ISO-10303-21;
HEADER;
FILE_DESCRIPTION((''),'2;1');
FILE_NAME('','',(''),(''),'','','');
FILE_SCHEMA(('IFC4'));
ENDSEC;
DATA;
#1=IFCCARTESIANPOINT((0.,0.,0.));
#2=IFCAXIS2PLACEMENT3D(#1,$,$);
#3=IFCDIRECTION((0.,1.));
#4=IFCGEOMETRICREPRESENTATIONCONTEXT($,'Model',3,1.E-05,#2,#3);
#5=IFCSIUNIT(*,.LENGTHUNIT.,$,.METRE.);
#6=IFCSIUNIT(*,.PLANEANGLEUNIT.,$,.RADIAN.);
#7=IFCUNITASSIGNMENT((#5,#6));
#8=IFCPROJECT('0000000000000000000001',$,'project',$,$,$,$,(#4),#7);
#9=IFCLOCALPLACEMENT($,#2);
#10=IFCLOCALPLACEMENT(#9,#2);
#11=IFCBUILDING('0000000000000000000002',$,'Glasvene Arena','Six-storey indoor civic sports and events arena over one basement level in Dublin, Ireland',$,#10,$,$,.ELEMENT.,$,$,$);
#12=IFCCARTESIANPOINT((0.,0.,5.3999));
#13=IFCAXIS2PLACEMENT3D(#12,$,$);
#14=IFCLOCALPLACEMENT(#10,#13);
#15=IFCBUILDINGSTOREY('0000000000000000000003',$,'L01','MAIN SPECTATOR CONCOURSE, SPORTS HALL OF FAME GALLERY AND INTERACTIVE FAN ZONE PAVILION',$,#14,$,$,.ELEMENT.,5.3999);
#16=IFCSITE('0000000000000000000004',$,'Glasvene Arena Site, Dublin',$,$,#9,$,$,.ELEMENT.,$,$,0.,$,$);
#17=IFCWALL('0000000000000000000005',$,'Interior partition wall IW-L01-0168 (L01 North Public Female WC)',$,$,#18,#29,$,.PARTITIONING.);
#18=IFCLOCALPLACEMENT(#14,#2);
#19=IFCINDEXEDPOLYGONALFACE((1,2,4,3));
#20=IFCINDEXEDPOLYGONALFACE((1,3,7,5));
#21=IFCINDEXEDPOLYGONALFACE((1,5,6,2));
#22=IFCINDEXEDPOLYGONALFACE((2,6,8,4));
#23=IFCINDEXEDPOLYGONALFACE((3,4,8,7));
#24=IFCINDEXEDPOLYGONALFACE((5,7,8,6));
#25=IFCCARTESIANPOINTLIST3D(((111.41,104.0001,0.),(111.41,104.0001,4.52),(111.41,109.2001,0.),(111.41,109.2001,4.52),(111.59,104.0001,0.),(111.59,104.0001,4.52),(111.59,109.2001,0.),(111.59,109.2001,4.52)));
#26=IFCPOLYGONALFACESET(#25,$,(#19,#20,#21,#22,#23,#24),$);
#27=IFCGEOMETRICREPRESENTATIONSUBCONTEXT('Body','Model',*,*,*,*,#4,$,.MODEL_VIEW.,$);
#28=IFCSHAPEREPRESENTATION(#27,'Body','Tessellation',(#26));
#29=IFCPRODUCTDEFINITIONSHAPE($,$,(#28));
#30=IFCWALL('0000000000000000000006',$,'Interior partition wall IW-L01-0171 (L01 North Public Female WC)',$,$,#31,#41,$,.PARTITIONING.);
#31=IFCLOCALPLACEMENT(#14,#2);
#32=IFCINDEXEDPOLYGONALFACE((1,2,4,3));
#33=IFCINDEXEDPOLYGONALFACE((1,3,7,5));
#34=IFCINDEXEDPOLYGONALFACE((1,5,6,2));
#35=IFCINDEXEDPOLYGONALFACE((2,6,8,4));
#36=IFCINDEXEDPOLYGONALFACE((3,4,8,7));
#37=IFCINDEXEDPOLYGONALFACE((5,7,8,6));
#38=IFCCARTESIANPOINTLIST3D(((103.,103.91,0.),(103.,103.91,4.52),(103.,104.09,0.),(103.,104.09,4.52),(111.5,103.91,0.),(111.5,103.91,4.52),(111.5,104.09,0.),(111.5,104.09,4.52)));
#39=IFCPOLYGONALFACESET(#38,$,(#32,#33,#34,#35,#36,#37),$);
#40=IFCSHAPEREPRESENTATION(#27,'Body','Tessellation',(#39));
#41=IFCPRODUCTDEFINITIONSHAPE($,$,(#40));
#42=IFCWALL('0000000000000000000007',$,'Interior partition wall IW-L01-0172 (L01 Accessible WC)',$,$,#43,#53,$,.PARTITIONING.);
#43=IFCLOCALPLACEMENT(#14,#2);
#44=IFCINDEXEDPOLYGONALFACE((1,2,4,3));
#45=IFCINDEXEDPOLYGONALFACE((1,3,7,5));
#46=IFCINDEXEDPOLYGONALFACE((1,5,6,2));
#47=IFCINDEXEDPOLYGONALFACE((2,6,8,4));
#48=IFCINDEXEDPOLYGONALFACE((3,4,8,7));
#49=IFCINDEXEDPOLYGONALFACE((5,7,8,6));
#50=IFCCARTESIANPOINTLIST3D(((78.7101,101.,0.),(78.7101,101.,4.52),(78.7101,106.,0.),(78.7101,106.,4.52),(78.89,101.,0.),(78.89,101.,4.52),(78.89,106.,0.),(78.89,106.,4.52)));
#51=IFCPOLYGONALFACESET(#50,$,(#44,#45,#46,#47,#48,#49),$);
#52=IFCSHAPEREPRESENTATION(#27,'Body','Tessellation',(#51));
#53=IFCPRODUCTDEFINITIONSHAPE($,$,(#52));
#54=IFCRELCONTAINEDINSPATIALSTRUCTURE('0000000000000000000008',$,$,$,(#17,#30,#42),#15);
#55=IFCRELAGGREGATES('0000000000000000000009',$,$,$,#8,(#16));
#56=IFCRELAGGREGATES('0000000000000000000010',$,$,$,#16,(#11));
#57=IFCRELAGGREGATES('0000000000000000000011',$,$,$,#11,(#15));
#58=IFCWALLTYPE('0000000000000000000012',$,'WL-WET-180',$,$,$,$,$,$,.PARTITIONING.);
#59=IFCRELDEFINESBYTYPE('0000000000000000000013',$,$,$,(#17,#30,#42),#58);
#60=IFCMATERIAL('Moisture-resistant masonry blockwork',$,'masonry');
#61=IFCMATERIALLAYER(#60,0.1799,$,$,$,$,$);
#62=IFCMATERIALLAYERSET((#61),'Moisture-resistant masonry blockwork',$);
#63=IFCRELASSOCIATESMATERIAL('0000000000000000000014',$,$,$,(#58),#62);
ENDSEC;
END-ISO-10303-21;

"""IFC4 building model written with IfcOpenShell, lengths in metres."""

from ifc_helpers import new_model, si_unit, direction, frame, frame_2d, origin, place, context, subcontext, project, spatial, rectangle, extrude, material, layer, layer_set, type_object, element, save


model = new_model("IFC4")

# Units and contexts
model_context = context("Model", 3, precision=1e-05, world=origin(), true_north=direction((0.0, 1.0)))
body_context = subcontext(model_context, "Body", "Model", "MODEL_VIEW")
ifc_project = project(units=[si_unit("LENGTHUNIT", "METRE"), si_unit("PLANEANGLEUNIT", "RADIAN")], contexts=[model_context])

# Site, building, storey
site_placement = place(None, origin())
site = spatial("IfcSite", under=ifc_project, at=site_placement, Name="Glasvene Arena Site, Dublin", CompositionType="ELEMENT", RefElevation=0.0)
building_placement = place(site_placement, origin())
building = spatial("IfcBuilding", under=site, at=building_placement, Name="Glasvene Arena", Description="Six-storey indoor civic sports and events arena over one basement level in Dublin, Ireland", CompositionType="ELEMENT")
storey_placement = place(building_placement, frame((0.0, 0.0, 5.3999)))
storey = spatial("IfcBuildingStorey", under=building, at=storey_placement, Name="L01", Description="MAIN SPECTATOR CONCOURSE, SPORTS HALL OF FAME GALLERY AND INTERACTIVE FAN ZONE PAVILION", CompositionType="ELEMENT", Elevation=5.3999)

# Walls
ifc_material_1 = material(Name="Moisture-resistant masonry blockwork", Category="masonry")
ifc_layer_1 = layer(ifc_material_1, 0.1799)
ifc_layer_set_1 = layer_set([ifc_layer_1], Name="Moisture-resistant masonry blockwork")
wall_type = type_object("IfcWallType", Name="WL-WET-180", PredefinedType="PARTITIONING", material=ifc_layer_set_1)
wall_1_placement = place(storey_placement, frame((111.5, 104.0, 0.0), z_axis=(0.0, 0.0, 1.0), x_axis=(0.0, 1.0, 0.0)))
element("IfcWall", 1, at=wall_1_placement, inside=storey, type_object=wall_type, Name="Interior partition wall IW-L01-0168 (L01 North Public Female WC)", PredefinedType="PARTITIONING", context=body_context, shape_type="SweptSolid", body=[
    extrude(rectangle(XDim=5.2, YDim=0.1799, at=frame_2d((2.6001, 0.0))), origin(), (0.0, 0.0, 1.0), 4.52),
])
wall_2_placement = place(storey_placement, frame((103.0, 104.0, 0.0), z_axis=(0.0, 0.0, 1.0), x_axis=(1.0, 0.0, 0.0)))
element("IfcWall", 2, at=wall_2_placement, inside=storey, type_object=wall_type, Name="Interior partition wall IW-L01-0171 (L01 North Public Female WC)", PredefinedType="PARTITIONING", context=body_context, shape_type="SweptSolid", body=[
    extrude(rectangle(XDim=8.5, YDim=0.1799, at=frame_2d((4.25, 0.0))), origin(), (0.0, 0.0, 1.0), 4.52),
])
wall_3_placement = place(storey_placement, frame((78.8, 101.0, 0.0), z_axis=(0.0, 0.0, 1.0), x_axis=(0.0, 1.0, 0.0)))
element("IfcWall", 3, at=wall_3_placement, inside=storey, type_object=wall_type, Name="Interior partition wall IW-L01-0172 (L01 Accessible WC)", PredefinedType="PARTITIONING", context=body_context, shape_type="SweptSolid", body=[
    extrude(rectangle(XDim=5.0, YDim=0.1799, at=frame_2d((2.5, 0.0))), origin(), (0.0, 0.0, 1.0), 4.52),
])

save(model, "model.ifc")
